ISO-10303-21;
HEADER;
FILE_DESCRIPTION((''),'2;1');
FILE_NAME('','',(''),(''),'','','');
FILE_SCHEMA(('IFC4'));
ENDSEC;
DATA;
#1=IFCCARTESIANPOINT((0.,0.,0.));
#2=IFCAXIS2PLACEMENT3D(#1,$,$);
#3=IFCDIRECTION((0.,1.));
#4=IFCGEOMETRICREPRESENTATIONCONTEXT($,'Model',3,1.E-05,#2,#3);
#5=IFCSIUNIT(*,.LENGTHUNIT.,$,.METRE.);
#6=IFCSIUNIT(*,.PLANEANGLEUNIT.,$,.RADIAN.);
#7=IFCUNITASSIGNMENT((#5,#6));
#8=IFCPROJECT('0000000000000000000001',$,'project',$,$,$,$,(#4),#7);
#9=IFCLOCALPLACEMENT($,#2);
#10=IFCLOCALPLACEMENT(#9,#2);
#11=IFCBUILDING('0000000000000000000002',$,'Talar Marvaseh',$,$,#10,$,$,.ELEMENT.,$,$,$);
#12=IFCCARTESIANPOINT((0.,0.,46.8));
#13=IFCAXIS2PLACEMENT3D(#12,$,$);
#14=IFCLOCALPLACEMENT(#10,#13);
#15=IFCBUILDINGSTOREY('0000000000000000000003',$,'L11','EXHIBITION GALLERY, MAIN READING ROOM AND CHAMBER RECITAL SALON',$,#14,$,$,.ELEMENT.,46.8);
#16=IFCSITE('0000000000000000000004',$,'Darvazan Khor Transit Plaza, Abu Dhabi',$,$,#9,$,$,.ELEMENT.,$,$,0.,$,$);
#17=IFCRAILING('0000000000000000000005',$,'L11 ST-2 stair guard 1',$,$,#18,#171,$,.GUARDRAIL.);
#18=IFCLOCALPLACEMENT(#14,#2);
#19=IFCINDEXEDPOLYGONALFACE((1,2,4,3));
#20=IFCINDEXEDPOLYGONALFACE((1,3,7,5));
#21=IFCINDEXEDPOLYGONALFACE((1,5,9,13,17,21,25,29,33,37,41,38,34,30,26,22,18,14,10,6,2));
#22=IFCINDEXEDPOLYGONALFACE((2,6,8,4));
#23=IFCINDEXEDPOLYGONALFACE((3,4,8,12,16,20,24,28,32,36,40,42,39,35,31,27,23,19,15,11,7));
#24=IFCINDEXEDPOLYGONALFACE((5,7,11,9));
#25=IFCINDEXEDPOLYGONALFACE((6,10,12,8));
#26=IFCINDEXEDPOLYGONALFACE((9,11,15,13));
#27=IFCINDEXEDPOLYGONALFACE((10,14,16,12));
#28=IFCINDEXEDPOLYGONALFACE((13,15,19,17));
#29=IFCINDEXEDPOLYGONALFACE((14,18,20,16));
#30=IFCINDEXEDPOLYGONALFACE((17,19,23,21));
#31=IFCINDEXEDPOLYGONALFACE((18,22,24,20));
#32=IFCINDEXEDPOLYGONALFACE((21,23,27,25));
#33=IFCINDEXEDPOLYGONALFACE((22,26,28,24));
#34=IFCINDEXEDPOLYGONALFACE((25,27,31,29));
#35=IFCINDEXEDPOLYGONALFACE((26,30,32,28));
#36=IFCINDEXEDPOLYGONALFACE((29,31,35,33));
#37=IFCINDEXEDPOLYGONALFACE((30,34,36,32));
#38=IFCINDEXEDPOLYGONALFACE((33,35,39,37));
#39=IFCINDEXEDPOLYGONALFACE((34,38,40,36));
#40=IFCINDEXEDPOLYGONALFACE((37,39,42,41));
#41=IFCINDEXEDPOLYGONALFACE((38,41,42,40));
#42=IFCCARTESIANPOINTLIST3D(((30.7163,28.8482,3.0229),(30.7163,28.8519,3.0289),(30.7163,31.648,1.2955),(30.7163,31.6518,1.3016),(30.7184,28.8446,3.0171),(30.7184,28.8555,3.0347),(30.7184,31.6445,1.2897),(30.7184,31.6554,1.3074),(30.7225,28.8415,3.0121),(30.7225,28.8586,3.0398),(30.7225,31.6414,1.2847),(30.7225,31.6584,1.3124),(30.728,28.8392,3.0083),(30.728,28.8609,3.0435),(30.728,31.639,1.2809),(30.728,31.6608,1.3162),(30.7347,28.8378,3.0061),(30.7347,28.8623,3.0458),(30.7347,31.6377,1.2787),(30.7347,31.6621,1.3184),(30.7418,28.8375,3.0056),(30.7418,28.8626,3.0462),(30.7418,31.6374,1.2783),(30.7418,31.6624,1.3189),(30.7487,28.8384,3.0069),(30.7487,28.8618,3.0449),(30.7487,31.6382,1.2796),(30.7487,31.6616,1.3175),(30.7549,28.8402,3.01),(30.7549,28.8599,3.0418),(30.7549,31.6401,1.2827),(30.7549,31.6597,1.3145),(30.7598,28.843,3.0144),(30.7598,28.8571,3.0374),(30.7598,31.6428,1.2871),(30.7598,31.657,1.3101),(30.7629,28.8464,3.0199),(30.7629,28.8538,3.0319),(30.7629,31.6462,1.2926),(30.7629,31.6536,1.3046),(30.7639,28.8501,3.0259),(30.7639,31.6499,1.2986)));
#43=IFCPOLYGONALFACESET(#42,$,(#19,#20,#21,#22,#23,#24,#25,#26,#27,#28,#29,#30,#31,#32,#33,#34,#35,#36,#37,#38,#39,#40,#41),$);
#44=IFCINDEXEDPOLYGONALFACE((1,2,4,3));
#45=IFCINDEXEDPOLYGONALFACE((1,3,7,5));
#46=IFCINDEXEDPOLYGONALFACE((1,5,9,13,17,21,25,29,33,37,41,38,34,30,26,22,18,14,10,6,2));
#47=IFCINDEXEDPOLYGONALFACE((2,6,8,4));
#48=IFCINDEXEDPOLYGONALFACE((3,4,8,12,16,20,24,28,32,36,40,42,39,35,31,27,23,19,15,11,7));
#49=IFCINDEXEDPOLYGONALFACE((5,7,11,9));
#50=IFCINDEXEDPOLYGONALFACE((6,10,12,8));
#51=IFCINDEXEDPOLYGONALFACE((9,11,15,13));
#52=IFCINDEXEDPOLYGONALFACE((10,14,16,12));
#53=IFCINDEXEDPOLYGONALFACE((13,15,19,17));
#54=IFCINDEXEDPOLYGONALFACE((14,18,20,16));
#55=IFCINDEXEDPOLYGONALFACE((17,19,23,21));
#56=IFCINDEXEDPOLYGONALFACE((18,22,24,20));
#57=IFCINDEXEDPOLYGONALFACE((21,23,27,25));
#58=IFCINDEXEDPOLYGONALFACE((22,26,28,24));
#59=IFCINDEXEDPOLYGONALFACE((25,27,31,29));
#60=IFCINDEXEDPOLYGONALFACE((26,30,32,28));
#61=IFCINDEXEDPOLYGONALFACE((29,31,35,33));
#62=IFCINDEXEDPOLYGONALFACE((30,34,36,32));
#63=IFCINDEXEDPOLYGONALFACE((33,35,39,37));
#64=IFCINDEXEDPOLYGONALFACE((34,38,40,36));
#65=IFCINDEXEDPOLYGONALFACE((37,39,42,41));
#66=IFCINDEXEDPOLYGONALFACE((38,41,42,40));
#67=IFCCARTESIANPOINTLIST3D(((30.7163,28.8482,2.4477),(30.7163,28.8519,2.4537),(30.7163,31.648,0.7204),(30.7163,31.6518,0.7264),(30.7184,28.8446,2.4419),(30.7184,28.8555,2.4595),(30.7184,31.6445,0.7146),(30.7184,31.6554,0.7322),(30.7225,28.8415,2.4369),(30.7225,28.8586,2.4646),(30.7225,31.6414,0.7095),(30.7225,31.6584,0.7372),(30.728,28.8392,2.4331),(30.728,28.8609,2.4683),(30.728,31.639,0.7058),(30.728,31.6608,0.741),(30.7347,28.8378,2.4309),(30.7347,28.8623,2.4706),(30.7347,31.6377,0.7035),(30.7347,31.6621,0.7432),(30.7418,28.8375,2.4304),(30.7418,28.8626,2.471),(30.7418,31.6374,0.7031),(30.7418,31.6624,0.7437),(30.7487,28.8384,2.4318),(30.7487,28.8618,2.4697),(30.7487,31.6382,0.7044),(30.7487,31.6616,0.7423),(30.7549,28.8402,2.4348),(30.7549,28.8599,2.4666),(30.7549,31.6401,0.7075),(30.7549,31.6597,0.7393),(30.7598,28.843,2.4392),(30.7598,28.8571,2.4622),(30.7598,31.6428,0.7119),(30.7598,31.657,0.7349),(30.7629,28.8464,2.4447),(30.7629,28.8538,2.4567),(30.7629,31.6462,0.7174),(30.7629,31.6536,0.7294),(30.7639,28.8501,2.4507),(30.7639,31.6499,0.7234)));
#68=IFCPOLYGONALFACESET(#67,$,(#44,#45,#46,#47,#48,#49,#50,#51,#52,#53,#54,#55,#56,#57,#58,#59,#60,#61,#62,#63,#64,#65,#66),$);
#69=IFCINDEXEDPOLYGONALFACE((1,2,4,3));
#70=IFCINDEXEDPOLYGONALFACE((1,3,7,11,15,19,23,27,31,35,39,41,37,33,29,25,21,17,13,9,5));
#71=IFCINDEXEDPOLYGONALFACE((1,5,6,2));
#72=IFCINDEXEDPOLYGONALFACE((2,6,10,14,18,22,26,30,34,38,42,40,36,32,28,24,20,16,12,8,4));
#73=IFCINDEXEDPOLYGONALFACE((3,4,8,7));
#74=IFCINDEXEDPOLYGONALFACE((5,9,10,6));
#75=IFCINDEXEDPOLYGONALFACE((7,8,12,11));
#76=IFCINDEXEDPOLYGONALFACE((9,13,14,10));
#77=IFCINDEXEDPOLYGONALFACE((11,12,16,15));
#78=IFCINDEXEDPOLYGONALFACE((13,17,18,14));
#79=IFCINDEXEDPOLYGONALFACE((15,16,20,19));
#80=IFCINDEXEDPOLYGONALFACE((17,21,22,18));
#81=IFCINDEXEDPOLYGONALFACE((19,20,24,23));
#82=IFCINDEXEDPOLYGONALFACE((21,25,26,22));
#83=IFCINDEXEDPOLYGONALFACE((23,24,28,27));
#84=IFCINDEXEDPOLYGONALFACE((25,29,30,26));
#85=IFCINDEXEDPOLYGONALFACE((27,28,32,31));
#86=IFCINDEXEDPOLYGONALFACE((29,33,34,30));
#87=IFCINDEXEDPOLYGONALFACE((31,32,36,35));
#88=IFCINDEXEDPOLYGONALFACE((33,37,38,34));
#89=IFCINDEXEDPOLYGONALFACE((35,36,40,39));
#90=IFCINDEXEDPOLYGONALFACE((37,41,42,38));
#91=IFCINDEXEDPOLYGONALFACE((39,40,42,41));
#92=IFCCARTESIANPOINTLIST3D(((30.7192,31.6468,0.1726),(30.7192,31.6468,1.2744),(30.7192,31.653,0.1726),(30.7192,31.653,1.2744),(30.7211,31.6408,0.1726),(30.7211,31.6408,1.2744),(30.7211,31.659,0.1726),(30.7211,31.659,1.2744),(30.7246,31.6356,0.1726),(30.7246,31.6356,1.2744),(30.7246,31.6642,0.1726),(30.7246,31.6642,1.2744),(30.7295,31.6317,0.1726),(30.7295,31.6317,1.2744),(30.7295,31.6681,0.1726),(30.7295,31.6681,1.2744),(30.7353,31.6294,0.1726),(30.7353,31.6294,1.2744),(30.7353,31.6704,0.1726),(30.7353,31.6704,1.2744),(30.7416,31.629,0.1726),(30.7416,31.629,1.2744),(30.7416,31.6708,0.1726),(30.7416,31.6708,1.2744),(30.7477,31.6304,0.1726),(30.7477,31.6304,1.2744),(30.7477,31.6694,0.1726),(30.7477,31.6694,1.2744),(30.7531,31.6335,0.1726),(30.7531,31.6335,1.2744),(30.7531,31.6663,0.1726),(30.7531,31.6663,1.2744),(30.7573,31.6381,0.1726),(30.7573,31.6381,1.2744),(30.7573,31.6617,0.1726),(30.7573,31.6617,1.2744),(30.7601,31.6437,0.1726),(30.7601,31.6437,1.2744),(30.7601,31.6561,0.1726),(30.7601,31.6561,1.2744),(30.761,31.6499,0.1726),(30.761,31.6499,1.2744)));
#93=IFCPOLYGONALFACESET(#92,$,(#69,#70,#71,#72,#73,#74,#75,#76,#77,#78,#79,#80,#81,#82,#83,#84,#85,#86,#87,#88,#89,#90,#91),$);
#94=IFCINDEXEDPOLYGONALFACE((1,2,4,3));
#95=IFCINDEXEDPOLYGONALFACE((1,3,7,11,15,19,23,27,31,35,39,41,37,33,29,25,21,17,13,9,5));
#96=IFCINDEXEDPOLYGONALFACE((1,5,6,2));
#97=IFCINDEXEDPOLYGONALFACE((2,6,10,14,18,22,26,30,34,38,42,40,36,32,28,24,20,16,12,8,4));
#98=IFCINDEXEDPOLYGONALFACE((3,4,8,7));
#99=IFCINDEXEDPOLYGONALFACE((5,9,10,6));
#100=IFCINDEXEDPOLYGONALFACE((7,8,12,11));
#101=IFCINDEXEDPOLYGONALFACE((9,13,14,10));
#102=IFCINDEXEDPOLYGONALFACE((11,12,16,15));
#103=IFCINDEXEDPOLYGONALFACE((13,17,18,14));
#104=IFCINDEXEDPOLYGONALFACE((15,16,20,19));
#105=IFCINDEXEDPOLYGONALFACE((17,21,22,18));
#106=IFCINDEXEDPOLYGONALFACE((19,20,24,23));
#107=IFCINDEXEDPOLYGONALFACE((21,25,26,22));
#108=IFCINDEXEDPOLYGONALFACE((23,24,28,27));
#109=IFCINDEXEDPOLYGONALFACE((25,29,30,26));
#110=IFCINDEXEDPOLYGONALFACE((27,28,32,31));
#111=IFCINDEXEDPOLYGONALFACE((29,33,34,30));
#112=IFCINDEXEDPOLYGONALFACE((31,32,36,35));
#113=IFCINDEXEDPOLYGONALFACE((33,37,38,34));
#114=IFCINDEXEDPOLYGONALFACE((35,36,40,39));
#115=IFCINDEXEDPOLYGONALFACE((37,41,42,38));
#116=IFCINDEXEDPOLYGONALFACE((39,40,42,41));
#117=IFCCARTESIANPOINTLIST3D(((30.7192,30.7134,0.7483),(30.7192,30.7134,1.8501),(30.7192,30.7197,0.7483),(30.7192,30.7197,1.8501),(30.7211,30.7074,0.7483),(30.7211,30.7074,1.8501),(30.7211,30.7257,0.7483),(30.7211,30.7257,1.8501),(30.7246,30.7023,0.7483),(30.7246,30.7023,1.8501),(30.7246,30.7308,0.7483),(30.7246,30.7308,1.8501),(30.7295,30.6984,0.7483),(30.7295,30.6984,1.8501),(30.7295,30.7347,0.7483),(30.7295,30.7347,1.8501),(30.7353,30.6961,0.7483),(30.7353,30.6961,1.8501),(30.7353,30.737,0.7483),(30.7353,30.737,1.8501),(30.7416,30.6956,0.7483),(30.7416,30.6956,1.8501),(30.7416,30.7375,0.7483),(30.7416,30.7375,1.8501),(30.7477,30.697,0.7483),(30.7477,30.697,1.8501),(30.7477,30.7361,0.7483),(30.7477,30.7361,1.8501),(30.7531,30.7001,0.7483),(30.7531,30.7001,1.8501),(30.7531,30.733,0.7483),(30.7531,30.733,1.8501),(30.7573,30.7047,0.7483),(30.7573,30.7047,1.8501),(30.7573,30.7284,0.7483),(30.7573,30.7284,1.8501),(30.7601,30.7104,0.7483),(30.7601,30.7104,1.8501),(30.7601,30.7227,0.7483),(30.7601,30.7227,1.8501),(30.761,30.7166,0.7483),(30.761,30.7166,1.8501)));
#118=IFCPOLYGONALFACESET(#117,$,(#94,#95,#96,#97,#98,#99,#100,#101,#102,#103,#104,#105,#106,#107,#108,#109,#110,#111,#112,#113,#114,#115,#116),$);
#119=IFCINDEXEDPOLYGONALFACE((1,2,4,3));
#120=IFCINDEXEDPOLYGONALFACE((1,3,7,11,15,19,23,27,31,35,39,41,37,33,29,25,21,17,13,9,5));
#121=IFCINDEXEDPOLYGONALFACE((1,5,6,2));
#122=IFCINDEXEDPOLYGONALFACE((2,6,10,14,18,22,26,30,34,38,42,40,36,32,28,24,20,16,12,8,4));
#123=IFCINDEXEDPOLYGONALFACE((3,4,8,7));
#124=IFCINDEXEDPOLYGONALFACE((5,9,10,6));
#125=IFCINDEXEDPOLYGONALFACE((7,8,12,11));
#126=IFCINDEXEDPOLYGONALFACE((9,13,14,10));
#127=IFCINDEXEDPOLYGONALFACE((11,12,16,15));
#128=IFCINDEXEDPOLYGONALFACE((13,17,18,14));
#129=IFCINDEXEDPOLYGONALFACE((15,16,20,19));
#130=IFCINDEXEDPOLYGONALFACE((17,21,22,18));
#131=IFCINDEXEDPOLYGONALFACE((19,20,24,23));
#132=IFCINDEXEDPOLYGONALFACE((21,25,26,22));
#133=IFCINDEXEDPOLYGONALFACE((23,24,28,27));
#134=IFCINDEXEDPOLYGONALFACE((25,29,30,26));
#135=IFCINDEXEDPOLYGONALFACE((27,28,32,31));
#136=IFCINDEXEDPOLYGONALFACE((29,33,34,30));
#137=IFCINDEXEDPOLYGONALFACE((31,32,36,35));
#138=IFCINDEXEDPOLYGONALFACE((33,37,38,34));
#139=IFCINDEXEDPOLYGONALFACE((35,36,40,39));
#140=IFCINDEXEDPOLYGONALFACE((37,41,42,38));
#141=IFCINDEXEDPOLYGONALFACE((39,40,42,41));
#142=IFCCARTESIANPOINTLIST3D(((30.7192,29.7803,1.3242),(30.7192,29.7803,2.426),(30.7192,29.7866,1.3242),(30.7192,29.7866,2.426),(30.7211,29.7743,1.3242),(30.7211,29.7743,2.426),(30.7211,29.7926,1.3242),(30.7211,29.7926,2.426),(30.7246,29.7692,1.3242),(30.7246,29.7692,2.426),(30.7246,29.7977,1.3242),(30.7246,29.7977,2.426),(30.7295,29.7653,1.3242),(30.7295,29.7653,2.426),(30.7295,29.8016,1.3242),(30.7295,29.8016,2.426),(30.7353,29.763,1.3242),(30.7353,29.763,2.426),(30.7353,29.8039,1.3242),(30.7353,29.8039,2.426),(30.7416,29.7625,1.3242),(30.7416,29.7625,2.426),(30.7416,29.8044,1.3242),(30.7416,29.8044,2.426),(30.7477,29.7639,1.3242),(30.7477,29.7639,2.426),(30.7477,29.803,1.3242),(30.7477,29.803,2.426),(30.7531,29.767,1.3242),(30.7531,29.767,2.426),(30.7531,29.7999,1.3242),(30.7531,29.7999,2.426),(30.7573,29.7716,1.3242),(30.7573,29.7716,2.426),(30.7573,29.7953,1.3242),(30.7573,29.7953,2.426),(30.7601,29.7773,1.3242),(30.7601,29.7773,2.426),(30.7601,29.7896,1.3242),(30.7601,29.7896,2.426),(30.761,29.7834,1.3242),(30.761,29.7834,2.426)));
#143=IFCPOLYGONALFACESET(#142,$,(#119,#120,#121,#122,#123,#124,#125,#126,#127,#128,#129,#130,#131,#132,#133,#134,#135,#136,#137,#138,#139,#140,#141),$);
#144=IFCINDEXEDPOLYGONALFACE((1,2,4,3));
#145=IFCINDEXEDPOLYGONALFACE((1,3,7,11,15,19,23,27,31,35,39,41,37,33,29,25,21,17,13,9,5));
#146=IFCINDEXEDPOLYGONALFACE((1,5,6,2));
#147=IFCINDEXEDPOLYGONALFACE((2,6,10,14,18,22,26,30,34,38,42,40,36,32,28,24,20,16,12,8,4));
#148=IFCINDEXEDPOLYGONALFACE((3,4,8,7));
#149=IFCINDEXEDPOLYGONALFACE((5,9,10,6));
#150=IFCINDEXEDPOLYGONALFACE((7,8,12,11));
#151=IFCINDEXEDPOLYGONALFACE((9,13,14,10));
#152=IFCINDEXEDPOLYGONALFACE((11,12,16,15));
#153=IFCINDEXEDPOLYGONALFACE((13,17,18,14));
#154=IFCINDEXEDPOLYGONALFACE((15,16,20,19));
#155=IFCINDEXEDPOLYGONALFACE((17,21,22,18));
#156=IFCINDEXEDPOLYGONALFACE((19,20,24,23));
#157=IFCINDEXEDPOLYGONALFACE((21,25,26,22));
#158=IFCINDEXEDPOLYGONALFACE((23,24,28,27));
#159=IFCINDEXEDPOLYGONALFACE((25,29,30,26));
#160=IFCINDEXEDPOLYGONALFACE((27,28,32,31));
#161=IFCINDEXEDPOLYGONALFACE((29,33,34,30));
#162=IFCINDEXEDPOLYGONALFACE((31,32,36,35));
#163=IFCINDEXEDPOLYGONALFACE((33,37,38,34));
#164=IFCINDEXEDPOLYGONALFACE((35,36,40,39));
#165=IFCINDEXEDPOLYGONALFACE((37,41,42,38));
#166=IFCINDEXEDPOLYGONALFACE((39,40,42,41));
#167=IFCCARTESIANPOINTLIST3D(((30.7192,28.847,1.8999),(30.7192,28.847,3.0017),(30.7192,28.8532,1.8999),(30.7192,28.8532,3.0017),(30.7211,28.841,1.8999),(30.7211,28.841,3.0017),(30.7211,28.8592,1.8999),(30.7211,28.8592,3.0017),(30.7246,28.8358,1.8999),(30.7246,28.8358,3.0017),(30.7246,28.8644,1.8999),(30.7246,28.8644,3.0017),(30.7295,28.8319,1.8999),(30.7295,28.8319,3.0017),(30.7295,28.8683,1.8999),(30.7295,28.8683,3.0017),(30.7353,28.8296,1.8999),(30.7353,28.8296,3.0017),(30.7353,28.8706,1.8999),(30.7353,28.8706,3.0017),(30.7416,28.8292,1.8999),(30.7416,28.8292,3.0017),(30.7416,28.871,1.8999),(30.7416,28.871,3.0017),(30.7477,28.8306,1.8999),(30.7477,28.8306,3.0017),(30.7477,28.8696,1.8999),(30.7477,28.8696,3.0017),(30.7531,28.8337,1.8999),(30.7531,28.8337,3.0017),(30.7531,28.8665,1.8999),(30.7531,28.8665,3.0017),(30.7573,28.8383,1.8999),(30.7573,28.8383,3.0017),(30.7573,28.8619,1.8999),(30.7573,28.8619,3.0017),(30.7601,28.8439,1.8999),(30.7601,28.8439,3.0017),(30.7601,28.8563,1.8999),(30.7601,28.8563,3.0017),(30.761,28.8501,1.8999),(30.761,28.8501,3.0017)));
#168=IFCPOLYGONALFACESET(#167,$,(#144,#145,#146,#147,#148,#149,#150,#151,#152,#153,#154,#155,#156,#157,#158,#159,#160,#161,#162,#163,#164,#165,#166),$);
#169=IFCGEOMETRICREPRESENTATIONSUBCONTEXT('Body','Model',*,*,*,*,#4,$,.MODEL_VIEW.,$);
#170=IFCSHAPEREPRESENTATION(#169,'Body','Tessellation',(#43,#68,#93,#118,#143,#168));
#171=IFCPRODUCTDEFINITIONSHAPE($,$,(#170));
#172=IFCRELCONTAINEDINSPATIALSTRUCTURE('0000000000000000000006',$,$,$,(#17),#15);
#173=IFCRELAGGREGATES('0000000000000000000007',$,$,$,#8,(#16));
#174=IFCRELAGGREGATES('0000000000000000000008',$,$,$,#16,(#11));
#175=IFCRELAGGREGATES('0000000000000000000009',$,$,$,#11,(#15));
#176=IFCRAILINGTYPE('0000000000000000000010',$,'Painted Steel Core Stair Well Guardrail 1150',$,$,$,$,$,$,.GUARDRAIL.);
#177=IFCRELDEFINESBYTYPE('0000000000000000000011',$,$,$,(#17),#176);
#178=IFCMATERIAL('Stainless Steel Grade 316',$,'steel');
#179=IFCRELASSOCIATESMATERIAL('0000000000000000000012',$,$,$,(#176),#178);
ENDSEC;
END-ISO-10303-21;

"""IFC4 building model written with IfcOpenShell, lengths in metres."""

from ifc_helpers import new_model, si_unit, direction, frame, origin, origin_2d, place, context, subcontext, project, spatial, circle, extrude, material, type_object, element, save


model = new_model("IFC4")

# Units and contexts
model_context = context("Model", 3, precision=1e-05, world=origin(), true_north=direction((0.0, 1.0)))
body_context = subcontext(model_context, "Body", "Model", "MODEL_VIEW")
ifc_project = project(units=[si_unit("LENGTHUNIT", "METRE"), si_unit("PLANEANGLEUNIT", "RADIAN")], contexts=[model_context])

# Site, building, storey
site_placement = place(None, origin())
site = spatial("IfcSite", under=ifc_project, at=site_placement, Name="Darvazan Khor Transit Plaza, Abu Dhabi", CompositionType="ELEMENT", RefElevation=0.0)
building_placement = place(site_placement, origin())
building = spatial("IfcBuilding", under=site, at=building_placement, Name="Talar Marvaseh", CompositionType="ELEMENT")
storey_placement = place(building_placement, frame((0.0, 0.0, 46.8)))
storey = spatial("IfcBuildingStorey", under=building, at=storey_placement, Name="L11", Description="EXHIBITION GALLERY, MAIN READING ROOM AND CHAMBER RECITAL SALON", CompositionType="ELEMENT", Elevation=46.8)

# Shared definitions
ifc_material_1 = material(Name="Stainless Steel Grade 316", Category="steel")

# Railing
railing_type = type_object("IfcRailingType", Name="Painted Steel Core Stair Well Guardrail 1150", PredefinedType="GUARDRAIL", material=ifc_material_1)
railing_1_placement = place(storey_placement, frame((30.74, 31.6499, 0.1726)))
element("IfcRailing", 1, at=railing_1_placement, inside=storey, type_object=railing_type, Name="L11 ST-2 stair guard 1", PredefinedType="GUARDRAIL", context=body_context, shape_type="SweptSolid", body=[
    extrude(circle(Radius=0.0239, at=origin_2d()), frame((0.0, 0.0, 1.126), z_axis=(0.0, -0.851069, 0.525054), x_axis=(1.0, 0.0, 0.0)), (0.0, 0.0, 1.0), 3.2898),
    extrude(circle(Radius=0.0239, at=origin_2d()), frame((0.0, 0.0, 0.5508), z_axis=(0.0, -0.851069, 0.525054), x_axis=(1.0, 0.0, 0.0)), (0.0, 0.0, 1.0), 3.2898),
    extrude(circle(Radius=0.021, at=origin_2d()), origin(), (0.0, 0.0, 1.0), 1.1018),
    extrude(circle(Radius=0.021, at=origin_2d()), frame((0.0, -0.9333, 0.5757)), (0.0, 0.0, 1.0), 1.1018),
    extrude(circle(Radius=0.021, at=origin_2d()), frame((0.0, -1.8665, 1.1516)), (0.0, 0.0, 1.0), 1.1018),
    extrude(circle(Radius=0.021, at=origin_2d()), frame((0.0, -2.7998, 1.7273)), (0.0, 0.0, 1.0), 1.1018),
])

save(model, "model.ifc")
